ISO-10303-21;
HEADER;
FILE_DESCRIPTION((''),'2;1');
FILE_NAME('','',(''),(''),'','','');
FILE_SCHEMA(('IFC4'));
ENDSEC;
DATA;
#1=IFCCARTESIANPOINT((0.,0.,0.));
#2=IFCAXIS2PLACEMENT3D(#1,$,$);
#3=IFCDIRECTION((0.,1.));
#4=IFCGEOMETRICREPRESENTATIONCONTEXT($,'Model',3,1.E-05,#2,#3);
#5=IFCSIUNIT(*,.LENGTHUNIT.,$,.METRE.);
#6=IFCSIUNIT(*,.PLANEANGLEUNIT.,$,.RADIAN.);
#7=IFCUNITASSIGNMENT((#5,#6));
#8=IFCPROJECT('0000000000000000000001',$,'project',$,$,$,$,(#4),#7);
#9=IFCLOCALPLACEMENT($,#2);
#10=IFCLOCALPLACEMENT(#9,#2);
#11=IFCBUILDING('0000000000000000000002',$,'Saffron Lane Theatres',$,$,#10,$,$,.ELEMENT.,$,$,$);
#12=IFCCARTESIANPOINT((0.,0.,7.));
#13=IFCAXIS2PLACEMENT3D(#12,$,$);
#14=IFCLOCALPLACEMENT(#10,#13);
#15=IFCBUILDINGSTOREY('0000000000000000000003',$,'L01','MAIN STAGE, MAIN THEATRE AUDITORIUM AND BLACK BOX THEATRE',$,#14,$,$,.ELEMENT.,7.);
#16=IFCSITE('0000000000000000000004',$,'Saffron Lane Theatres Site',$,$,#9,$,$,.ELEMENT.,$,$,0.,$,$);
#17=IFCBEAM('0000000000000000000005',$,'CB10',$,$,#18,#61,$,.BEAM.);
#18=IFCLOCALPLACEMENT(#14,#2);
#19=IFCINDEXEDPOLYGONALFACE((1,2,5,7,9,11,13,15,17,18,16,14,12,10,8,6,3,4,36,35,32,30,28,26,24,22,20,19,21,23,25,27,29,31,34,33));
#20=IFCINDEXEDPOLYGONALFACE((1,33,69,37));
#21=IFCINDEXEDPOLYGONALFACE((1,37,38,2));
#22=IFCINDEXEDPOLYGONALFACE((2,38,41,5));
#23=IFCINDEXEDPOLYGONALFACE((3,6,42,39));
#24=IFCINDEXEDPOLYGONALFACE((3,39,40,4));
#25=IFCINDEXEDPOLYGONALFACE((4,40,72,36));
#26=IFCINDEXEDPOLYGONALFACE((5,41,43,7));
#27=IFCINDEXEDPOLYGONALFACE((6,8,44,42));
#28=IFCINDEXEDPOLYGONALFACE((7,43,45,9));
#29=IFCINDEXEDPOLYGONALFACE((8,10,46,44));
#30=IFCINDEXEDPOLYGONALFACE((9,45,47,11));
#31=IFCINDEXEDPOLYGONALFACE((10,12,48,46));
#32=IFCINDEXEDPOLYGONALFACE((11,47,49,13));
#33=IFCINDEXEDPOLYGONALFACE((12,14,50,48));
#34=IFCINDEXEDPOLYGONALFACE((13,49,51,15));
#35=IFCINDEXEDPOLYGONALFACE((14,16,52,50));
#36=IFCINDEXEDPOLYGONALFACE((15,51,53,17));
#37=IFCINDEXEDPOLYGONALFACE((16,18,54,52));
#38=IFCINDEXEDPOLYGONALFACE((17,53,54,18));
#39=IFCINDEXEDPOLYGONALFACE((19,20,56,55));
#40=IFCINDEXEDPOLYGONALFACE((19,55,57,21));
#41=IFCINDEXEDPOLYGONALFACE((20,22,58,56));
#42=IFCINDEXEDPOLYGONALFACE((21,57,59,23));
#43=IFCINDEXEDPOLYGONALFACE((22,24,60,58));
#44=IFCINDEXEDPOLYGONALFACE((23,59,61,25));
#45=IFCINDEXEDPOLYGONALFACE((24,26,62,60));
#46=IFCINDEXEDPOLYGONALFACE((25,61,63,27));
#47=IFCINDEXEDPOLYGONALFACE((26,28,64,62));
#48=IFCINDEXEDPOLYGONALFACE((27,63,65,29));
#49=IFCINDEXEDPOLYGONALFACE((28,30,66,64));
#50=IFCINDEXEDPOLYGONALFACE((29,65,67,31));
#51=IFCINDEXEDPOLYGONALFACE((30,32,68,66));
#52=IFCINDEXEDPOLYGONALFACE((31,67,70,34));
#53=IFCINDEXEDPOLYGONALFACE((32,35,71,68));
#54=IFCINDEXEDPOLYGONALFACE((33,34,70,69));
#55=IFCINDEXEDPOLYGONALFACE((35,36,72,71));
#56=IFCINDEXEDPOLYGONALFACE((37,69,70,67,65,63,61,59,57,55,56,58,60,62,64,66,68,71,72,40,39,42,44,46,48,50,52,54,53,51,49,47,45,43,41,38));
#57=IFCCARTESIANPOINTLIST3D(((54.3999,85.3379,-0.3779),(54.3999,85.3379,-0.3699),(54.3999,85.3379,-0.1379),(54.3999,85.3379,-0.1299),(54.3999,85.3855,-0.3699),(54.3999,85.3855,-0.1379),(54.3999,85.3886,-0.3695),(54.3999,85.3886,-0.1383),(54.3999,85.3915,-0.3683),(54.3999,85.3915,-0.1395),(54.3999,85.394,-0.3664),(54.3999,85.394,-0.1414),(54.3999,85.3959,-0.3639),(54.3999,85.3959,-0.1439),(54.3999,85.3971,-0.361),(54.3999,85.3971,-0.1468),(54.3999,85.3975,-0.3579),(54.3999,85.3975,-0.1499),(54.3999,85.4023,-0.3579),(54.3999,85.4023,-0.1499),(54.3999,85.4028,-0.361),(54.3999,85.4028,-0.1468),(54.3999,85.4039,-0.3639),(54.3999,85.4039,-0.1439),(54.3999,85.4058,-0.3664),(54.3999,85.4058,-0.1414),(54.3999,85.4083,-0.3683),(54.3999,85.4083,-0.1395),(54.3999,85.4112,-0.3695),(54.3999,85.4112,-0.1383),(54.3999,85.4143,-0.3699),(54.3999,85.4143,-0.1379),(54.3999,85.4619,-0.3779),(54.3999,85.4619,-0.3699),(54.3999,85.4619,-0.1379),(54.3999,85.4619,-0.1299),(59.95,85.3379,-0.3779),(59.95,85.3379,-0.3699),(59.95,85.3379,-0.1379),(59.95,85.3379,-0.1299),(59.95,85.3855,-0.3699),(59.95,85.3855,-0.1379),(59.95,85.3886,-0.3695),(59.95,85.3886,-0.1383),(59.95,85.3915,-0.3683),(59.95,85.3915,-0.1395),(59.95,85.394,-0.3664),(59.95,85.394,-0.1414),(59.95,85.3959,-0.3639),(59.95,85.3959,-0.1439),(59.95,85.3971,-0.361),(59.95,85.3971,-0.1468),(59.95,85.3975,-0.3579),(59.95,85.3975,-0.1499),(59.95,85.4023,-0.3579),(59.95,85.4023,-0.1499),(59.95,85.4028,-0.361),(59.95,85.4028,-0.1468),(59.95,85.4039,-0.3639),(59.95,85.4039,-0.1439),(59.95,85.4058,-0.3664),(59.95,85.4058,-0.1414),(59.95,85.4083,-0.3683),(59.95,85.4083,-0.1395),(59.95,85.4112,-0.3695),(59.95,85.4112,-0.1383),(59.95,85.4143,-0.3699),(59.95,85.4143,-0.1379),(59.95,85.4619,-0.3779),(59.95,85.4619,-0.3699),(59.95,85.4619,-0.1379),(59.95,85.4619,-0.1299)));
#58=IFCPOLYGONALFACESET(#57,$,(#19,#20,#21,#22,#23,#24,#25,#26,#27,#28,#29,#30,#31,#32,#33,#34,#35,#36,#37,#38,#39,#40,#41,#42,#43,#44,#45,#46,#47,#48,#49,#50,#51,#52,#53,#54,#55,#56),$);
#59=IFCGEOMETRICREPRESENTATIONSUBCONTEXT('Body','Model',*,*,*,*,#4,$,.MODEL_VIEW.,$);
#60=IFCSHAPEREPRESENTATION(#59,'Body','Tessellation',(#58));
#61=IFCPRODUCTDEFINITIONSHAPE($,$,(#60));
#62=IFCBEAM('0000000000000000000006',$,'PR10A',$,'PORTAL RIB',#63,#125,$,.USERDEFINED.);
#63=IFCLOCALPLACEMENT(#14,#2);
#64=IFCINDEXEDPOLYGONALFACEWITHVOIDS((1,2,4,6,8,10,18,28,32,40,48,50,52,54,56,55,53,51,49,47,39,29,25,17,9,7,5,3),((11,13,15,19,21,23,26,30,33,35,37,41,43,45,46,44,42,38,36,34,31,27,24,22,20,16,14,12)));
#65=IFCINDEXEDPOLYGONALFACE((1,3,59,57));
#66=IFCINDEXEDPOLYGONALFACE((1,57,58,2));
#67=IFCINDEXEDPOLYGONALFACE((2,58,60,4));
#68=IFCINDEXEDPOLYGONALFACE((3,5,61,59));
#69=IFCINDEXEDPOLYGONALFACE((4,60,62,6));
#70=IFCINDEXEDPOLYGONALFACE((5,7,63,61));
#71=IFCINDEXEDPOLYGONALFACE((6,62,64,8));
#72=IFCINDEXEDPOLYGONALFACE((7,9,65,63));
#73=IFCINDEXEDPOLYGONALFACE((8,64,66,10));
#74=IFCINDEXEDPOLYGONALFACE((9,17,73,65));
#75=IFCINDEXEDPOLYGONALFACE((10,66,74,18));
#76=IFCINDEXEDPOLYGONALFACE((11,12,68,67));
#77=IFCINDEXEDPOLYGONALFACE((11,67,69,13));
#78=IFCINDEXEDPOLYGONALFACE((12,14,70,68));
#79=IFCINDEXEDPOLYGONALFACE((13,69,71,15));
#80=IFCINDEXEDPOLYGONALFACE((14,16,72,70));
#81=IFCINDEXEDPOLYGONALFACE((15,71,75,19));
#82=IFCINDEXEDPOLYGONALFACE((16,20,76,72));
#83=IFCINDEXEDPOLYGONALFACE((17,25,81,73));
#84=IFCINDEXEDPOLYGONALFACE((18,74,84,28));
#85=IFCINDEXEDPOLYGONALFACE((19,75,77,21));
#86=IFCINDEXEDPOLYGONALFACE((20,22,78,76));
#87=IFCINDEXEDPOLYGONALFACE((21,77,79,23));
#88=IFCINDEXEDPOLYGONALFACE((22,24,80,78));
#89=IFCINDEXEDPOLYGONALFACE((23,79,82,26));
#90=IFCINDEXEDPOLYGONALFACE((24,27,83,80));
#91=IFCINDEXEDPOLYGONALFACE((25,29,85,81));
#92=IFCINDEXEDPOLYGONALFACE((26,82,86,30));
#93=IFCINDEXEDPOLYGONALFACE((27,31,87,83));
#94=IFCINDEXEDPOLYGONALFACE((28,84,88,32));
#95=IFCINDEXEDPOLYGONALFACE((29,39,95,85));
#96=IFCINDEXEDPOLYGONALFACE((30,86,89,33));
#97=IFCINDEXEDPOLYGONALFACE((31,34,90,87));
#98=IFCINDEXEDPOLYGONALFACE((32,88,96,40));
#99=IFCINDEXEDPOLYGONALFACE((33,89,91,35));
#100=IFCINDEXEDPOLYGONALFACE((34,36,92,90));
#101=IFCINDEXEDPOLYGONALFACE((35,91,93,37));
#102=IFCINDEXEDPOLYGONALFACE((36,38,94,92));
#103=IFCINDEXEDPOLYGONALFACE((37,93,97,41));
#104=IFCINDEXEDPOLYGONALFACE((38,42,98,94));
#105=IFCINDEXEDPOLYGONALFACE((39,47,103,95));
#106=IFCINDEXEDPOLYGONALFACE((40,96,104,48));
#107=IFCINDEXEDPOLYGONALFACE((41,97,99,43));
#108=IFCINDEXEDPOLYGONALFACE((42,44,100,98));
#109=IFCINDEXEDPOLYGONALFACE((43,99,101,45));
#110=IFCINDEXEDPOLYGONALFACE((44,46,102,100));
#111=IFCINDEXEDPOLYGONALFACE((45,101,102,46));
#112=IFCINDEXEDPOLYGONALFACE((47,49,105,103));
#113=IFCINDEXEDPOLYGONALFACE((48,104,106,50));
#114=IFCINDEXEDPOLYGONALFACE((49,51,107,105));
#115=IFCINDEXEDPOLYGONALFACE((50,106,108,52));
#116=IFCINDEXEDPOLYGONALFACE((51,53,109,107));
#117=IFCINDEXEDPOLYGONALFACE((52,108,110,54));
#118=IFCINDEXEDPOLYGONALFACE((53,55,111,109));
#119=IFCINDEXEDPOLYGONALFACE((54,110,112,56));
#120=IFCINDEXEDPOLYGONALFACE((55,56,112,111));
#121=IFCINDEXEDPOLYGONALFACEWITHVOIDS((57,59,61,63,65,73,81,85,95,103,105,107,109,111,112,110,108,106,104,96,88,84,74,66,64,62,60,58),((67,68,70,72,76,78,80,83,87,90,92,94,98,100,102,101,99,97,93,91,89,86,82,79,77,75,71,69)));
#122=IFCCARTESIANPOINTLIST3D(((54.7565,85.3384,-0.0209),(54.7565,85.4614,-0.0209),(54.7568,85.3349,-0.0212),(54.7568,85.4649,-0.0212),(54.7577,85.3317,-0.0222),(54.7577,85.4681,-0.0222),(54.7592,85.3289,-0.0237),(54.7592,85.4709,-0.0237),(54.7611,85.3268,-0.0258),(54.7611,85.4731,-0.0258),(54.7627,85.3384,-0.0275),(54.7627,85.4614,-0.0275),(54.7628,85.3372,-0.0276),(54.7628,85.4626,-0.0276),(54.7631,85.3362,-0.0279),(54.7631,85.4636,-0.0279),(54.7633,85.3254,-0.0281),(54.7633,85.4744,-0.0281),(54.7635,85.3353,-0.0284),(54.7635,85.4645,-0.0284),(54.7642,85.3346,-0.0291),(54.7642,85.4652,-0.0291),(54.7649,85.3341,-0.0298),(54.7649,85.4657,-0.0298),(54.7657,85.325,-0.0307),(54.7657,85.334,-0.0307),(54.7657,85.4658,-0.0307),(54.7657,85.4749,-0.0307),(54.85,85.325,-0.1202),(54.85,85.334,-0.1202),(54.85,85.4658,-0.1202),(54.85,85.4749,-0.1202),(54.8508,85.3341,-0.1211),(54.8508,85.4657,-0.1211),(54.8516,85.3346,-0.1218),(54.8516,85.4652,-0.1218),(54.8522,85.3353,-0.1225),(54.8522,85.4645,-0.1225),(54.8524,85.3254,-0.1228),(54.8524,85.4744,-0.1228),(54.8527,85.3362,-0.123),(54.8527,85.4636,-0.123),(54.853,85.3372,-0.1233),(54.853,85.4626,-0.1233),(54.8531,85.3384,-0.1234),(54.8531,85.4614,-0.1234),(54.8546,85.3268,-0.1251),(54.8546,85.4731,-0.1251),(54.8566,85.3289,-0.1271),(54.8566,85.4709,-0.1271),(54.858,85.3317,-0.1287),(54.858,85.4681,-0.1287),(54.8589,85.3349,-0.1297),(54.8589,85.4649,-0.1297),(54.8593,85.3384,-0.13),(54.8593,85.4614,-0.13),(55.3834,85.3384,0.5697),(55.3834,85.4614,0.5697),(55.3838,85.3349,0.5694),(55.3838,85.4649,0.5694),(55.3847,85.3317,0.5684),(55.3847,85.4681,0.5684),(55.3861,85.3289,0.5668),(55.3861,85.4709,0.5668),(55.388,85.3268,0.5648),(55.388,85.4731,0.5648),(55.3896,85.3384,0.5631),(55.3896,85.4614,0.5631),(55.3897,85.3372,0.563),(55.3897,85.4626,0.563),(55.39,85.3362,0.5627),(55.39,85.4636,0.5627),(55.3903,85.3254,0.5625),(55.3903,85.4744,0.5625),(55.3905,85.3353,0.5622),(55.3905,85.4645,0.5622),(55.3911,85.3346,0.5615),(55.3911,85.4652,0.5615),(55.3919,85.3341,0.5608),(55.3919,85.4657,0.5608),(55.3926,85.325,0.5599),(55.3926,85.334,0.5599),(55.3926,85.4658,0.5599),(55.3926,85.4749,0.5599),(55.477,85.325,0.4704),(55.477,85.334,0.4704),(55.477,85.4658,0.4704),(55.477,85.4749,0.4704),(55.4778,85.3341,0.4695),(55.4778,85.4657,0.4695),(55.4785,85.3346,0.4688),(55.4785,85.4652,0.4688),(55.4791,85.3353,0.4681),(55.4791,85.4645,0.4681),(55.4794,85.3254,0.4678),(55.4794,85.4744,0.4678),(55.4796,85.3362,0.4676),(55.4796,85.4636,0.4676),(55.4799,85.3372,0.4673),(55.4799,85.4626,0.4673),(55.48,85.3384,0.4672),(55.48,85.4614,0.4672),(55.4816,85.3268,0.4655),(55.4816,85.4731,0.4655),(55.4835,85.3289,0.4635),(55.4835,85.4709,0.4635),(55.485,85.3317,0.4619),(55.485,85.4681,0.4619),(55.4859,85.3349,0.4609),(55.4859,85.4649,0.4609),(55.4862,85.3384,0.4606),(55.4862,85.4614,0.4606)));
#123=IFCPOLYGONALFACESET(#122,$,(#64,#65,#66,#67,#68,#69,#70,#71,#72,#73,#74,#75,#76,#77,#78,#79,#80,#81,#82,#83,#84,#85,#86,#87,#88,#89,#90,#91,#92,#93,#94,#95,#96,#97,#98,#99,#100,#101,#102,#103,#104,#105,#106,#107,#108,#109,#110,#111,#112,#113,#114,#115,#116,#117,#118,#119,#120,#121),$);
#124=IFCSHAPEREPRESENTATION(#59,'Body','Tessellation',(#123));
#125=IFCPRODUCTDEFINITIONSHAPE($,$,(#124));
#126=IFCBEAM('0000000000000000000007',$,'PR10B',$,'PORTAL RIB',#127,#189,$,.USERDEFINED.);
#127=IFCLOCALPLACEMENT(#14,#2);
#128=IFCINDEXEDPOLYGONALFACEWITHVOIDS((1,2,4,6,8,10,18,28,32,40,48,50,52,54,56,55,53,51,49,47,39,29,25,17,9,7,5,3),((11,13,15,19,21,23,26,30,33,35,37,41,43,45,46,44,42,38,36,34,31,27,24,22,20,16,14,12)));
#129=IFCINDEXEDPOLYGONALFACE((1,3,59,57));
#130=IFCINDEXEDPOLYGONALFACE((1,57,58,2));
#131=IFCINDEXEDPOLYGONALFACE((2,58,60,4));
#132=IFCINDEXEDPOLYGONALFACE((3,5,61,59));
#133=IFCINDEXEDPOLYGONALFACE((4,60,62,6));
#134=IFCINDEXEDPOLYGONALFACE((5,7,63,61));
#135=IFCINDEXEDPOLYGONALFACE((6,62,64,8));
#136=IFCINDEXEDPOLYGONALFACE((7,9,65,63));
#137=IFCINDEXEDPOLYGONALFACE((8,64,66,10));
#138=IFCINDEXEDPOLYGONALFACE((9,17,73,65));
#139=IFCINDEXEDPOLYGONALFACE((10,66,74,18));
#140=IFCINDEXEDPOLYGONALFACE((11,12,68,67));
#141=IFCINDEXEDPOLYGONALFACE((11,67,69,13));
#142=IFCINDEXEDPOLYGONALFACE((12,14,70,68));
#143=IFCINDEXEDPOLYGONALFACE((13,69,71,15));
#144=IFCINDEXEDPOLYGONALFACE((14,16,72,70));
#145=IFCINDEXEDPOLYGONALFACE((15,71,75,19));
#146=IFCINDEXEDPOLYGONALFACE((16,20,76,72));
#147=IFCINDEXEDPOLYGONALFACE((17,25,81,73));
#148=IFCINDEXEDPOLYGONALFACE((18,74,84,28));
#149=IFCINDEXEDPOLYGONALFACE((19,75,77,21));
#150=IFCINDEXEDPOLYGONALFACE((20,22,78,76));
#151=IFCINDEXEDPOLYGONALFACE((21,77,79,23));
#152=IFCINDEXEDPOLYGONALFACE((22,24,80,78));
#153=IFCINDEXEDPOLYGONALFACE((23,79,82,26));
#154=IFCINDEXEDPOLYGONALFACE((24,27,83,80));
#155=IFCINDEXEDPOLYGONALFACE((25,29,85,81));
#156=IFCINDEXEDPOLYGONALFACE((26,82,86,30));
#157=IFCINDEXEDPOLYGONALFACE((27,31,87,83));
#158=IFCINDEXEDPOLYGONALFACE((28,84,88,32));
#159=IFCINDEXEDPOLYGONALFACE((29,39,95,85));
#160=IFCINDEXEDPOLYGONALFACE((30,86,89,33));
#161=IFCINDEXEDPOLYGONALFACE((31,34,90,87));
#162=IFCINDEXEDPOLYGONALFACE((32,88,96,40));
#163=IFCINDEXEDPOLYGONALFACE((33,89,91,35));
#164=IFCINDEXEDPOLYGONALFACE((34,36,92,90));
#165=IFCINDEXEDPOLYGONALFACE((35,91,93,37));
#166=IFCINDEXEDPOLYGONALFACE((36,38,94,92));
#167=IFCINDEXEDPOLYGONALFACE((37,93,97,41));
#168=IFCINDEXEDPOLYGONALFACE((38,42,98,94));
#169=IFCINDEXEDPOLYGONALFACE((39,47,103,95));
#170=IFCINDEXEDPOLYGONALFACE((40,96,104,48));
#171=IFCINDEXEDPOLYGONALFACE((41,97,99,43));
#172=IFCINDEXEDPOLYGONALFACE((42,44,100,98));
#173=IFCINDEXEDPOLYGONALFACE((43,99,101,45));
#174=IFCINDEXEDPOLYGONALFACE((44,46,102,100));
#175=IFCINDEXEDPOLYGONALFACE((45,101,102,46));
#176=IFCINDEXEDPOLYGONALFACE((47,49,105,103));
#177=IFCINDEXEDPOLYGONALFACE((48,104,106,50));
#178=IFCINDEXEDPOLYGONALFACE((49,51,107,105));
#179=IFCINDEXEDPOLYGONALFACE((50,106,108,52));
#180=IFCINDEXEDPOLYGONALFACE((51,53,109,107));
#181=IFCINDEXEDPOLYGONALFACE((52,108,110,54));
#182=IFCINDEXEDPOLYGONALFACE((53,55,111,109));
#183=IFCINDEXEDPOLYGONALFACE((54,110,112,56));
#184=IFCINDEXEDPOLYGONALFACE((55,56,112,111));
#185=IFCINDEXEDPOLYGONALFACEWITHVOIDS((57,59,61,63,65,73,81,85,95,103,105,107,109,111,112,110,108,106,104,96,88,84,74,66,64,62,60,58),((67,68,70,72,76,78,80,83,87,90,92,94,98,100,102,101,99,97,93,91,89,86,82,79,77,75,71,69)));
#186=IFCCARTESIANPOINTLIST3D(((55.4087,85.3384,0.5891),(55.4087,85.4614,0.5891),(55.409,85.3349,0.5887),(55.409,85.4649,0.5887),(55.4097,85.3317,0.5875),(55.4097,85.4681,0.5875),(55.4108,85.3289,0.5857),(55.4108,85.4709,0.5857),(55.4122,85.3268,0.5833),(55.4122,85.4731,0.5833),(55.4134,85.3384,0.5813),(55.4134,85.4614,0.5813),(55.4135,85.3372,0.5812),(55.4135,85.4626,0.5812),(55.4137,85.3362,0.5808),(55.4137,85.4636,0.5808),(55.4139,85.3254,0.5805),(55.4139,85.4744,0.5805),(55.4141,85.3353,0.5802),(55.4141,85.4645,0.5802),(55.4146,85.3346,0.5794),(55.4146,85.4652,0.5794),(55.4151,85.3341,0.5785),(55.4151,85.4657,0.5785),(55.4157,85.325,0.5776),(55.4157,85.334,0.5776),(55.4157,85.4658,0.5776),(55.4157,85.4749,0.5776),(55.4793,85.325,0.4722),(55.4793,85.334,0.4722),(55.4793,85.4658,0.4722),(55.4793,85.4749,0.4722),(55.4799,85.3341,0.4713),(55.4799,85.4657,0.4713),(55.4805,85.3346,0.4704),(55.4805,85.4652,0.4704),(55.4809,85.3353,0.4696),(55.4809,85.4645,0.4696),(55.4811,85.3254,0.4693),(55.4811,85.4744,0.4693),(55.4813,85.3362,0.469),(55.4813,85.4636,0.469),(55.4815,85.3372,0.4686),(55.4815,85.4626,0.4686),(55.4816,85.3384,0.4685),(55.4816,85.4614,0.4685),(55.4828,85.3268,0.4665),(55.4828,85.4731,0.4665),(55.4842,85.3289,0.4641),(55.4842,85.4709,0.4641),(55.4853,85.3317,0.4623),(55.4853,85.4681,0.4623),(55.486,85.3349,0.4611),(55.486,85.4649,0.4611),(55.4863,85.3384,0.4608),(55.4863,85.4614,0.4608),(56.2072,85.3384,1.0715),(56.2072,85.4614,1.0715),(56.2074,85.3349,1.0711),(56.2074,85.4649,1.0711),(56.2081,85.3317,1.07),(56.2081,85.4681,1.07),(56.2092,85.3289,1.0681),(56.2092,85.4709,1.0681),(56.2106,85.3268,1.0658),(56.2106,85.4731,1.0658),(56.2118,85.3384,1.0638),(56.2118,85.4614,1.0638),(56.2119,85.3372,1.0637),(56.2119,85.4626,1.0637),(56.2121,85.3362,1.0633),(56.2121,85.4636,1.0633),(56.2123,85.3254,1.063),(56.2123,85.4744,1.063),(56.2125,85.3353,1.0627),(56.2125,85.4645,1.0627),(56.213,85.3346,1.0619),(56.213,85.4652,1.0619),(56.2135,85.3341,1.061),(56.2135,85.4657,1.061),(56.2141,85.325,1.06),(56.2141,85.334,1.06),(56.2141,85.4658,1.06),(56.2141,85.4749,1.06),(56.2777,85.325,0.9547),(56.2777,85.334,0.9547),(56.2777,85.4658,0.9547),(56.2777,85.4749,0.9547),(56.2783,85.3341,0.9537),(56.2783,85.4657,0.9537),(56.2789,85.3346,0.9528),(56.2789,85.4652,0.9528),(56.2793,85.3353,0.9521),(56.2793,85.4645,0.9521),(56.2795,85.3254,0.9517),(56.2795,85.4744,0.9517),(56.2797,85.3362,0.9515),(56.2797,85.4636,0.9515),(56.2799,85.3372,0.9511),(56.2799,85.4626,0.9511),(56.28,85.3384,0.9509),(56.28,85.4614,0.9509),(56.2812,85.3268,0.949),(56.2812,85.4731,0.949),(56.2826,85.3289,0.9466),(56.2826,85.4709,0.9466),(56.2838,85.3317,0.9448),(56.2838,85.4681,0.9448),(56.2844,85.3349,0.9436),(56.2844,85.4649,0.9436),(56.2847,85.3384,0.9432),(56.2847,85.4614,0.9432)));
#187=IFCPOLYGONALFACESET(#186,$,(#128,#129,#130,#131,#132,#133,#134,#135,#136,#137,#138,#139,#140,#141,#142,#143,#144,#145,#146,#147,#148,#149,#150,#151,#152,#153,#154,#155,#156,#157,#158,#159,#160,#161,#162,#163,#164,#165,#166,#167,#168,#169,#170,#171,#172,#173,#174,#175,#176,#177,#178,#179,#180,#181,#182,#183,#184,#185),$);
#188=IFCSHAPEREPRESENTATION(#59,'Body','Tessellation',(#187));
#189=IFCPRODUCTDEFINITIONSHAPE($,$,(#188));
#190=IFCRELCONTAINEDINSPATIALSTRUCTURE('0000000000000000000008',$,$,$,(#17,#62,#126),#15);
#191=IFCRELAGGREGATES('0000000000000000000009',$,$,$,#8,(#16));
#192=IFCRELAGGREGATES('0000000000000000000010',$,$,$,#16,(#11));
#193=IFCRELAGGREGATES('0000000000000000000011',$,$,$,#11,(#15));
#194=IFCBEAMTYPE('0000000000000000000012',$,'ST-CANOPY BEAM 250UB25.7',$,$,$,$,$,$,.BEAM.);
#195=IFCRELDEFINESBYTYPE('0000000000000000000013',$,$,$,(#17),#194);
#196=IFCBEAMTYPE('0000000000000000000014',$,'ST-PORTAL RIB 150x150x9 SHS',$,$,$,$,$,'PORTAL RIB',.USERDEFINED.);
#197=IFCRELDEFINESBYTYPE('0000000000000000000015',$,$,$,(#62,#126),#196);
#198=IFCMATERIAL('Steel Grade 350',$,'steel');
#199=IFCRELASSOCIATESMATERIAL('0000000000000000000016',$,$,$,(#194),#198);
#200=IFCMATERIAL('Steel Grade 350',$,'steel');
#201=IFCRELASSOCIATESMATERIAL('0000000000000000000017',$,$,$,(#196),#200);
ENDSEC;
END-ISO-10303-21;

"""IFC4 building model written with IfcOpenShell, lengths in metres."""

from ifc_helpers import new_model, si_unit, direction, frame, origin, origin_2d, place, context, subcontext, project, spatial, hollow_rectangle, i_section, extrude, material, material_profile, profile_set, type_object, element, save


model = new_model("IFC4")

# Units and contexts
model_context = context("Model", 3, precision=1e-05, world=origin(), true_north=direction((0.0, 1.0)))
body_context = subcontext(model_context, "Body", "Model", "MODEL_VIEW")
ifc_project = project(units=[si_unit("LENGTHUNIT", "METRE"), si_unit("PLANEANGLEUNIT", "RADIAN")], contexts=[model_context])

# Site, building, storey
site_placement = place(None, origin())
site = spatial("IfcSite", under=ifc_project, at=site_placement, Name="Saffron Lane Theatres Site", CompositionType="ELEMENT", RefElevation=0.0)
building_placement = place(site_placement, origin())
building = spatial("IfcBuilding", under=site, at=building_placement, Name="Saffron Lane Theatres", CompositionType="ELEMENT")
storey_placement = place(building_placement, frame((0.0, 0.0, 7.0)))
storey = spatial("IfcBuildingStorey", under=building, at=storey_placement, Name="L01", Description="MAIN STAGE, MAIN THEATRE AUDITORIUM AND BLACK BOX THEATRE", CompositionType="ELEMENT", Elevation=7.0)

# Beams
ifc_material_1 = material(Name="Steel Grade 350", Category="steel")
ifc_material_profile_1 = material_profile(ifc_material_1, i_section(OverallWidth=0.124, OverallDepth=0.248, WebThickness=0.0049, FlangeThickness=0.0081, FilletRadius=0.012, at=origin_2d()))
ifc_profile_set_1 = profile_set([ifc_material_profile_1], Name="Steel Grade 350")
beam_type_1 = type_object("IfcBeamType", Name="ST-CANOPY BEAM 250UB25.7", PredefinedType="BEAM", material=ifc_profile_set_1)
beam_1_placement = place(storey_placement, frame((54.3999, 85.3999, -0.2539), z_axis=(1.0, 0.0, 0.0), x_axis=(0.0, 1.0, 0.0)))
element("IfcBeam", 1, at=beam_1_placement, inside=storey, type_object=beam_type_1, Name="CB10", PredefinedType="BEAM", context=body_context, shape_type="SweptSolid", body=[
    extrude(i_section(OverallWidth=0.124, OverallDepth=0.248, WebThickness=0.0049, FlangeThickness=0.0081, FilletRadius=0.012, at=origin_2d()), origin(), (0.0, 0.0, 1.0), 5.55),
])
ifc_material_2 = material(Name="Steel Grade 350", Category="steel")
ifc_material_profile_2 = material_profile(ifc_material_2, hollow_rectangle(XDim=0.1499, YDim=0.1499, WallThickness=0.009, InnerFilletRadius=0.0044, OuterFilletRadius=0.0134, at=origin_2d()))
ifc_profile_set_2 = profile_set([ifc_material_profile_2], Name="Steel Grade 350")
beam_type_2 = type_object("IfcBeamType", Name="ST-PORTAL RIB 150x150x9 SHS", ElementType="PORTAL RIB", PredefinedType="USERDEFINED", material=ifc_profile_set_2)
beam_2_placement = place(storey_placement, frame((54.8079, 85.3999, -0.0754), z_axis=(0.727909, 0.0, 0.685674), x_axis=(0.0, 1.0, 0.0)))
element("IfcBeam", 2, at=beam_2_placement, inside=storey, type_object=beam_type_2, Name="PR10A", ObjectType="PORTAL RIB", PredefinedType="USERDEFINED", context=body_context, shape_type="SweptSolid", body=[
    extrude(hollow_rectangle(XDim=0.1499, YDim=0.1499, WallThickness=0.009, InnerFilletRadius=0.0044, OuterFilletRadius=0.0134, at=origin_2d()), origin(), (0.0, 0.0, 1.0), 0.8613),
])
beam_3_placement = place(storey_placement, frame((55.4475, 85.3999, 0.5249), z_axis=(0.855872, 0.0, 0.517188), x_axis=(0.0, 1.0, 0.0)))
element("IfcBeam", 3, at=beam_3_placement, inside=storey, type_object=beam_type_2, Name="PR10B", ObjectType="PORTAL RIB", PredefinedType="USERDEFINED", context=body_context, shape_type="SweptSolid", body=[
    extrude(hollow_rectangle(XDim=0.1499, YDim=0.1499, WallThickness=0.009, InnerFilletRadius=0.0044, OuterFilletRadius=0.0134, at=origin_2d()), origin(), (0.0, 0.0, 1.0), 0.9329),
])

save(model, "model.ifc")
